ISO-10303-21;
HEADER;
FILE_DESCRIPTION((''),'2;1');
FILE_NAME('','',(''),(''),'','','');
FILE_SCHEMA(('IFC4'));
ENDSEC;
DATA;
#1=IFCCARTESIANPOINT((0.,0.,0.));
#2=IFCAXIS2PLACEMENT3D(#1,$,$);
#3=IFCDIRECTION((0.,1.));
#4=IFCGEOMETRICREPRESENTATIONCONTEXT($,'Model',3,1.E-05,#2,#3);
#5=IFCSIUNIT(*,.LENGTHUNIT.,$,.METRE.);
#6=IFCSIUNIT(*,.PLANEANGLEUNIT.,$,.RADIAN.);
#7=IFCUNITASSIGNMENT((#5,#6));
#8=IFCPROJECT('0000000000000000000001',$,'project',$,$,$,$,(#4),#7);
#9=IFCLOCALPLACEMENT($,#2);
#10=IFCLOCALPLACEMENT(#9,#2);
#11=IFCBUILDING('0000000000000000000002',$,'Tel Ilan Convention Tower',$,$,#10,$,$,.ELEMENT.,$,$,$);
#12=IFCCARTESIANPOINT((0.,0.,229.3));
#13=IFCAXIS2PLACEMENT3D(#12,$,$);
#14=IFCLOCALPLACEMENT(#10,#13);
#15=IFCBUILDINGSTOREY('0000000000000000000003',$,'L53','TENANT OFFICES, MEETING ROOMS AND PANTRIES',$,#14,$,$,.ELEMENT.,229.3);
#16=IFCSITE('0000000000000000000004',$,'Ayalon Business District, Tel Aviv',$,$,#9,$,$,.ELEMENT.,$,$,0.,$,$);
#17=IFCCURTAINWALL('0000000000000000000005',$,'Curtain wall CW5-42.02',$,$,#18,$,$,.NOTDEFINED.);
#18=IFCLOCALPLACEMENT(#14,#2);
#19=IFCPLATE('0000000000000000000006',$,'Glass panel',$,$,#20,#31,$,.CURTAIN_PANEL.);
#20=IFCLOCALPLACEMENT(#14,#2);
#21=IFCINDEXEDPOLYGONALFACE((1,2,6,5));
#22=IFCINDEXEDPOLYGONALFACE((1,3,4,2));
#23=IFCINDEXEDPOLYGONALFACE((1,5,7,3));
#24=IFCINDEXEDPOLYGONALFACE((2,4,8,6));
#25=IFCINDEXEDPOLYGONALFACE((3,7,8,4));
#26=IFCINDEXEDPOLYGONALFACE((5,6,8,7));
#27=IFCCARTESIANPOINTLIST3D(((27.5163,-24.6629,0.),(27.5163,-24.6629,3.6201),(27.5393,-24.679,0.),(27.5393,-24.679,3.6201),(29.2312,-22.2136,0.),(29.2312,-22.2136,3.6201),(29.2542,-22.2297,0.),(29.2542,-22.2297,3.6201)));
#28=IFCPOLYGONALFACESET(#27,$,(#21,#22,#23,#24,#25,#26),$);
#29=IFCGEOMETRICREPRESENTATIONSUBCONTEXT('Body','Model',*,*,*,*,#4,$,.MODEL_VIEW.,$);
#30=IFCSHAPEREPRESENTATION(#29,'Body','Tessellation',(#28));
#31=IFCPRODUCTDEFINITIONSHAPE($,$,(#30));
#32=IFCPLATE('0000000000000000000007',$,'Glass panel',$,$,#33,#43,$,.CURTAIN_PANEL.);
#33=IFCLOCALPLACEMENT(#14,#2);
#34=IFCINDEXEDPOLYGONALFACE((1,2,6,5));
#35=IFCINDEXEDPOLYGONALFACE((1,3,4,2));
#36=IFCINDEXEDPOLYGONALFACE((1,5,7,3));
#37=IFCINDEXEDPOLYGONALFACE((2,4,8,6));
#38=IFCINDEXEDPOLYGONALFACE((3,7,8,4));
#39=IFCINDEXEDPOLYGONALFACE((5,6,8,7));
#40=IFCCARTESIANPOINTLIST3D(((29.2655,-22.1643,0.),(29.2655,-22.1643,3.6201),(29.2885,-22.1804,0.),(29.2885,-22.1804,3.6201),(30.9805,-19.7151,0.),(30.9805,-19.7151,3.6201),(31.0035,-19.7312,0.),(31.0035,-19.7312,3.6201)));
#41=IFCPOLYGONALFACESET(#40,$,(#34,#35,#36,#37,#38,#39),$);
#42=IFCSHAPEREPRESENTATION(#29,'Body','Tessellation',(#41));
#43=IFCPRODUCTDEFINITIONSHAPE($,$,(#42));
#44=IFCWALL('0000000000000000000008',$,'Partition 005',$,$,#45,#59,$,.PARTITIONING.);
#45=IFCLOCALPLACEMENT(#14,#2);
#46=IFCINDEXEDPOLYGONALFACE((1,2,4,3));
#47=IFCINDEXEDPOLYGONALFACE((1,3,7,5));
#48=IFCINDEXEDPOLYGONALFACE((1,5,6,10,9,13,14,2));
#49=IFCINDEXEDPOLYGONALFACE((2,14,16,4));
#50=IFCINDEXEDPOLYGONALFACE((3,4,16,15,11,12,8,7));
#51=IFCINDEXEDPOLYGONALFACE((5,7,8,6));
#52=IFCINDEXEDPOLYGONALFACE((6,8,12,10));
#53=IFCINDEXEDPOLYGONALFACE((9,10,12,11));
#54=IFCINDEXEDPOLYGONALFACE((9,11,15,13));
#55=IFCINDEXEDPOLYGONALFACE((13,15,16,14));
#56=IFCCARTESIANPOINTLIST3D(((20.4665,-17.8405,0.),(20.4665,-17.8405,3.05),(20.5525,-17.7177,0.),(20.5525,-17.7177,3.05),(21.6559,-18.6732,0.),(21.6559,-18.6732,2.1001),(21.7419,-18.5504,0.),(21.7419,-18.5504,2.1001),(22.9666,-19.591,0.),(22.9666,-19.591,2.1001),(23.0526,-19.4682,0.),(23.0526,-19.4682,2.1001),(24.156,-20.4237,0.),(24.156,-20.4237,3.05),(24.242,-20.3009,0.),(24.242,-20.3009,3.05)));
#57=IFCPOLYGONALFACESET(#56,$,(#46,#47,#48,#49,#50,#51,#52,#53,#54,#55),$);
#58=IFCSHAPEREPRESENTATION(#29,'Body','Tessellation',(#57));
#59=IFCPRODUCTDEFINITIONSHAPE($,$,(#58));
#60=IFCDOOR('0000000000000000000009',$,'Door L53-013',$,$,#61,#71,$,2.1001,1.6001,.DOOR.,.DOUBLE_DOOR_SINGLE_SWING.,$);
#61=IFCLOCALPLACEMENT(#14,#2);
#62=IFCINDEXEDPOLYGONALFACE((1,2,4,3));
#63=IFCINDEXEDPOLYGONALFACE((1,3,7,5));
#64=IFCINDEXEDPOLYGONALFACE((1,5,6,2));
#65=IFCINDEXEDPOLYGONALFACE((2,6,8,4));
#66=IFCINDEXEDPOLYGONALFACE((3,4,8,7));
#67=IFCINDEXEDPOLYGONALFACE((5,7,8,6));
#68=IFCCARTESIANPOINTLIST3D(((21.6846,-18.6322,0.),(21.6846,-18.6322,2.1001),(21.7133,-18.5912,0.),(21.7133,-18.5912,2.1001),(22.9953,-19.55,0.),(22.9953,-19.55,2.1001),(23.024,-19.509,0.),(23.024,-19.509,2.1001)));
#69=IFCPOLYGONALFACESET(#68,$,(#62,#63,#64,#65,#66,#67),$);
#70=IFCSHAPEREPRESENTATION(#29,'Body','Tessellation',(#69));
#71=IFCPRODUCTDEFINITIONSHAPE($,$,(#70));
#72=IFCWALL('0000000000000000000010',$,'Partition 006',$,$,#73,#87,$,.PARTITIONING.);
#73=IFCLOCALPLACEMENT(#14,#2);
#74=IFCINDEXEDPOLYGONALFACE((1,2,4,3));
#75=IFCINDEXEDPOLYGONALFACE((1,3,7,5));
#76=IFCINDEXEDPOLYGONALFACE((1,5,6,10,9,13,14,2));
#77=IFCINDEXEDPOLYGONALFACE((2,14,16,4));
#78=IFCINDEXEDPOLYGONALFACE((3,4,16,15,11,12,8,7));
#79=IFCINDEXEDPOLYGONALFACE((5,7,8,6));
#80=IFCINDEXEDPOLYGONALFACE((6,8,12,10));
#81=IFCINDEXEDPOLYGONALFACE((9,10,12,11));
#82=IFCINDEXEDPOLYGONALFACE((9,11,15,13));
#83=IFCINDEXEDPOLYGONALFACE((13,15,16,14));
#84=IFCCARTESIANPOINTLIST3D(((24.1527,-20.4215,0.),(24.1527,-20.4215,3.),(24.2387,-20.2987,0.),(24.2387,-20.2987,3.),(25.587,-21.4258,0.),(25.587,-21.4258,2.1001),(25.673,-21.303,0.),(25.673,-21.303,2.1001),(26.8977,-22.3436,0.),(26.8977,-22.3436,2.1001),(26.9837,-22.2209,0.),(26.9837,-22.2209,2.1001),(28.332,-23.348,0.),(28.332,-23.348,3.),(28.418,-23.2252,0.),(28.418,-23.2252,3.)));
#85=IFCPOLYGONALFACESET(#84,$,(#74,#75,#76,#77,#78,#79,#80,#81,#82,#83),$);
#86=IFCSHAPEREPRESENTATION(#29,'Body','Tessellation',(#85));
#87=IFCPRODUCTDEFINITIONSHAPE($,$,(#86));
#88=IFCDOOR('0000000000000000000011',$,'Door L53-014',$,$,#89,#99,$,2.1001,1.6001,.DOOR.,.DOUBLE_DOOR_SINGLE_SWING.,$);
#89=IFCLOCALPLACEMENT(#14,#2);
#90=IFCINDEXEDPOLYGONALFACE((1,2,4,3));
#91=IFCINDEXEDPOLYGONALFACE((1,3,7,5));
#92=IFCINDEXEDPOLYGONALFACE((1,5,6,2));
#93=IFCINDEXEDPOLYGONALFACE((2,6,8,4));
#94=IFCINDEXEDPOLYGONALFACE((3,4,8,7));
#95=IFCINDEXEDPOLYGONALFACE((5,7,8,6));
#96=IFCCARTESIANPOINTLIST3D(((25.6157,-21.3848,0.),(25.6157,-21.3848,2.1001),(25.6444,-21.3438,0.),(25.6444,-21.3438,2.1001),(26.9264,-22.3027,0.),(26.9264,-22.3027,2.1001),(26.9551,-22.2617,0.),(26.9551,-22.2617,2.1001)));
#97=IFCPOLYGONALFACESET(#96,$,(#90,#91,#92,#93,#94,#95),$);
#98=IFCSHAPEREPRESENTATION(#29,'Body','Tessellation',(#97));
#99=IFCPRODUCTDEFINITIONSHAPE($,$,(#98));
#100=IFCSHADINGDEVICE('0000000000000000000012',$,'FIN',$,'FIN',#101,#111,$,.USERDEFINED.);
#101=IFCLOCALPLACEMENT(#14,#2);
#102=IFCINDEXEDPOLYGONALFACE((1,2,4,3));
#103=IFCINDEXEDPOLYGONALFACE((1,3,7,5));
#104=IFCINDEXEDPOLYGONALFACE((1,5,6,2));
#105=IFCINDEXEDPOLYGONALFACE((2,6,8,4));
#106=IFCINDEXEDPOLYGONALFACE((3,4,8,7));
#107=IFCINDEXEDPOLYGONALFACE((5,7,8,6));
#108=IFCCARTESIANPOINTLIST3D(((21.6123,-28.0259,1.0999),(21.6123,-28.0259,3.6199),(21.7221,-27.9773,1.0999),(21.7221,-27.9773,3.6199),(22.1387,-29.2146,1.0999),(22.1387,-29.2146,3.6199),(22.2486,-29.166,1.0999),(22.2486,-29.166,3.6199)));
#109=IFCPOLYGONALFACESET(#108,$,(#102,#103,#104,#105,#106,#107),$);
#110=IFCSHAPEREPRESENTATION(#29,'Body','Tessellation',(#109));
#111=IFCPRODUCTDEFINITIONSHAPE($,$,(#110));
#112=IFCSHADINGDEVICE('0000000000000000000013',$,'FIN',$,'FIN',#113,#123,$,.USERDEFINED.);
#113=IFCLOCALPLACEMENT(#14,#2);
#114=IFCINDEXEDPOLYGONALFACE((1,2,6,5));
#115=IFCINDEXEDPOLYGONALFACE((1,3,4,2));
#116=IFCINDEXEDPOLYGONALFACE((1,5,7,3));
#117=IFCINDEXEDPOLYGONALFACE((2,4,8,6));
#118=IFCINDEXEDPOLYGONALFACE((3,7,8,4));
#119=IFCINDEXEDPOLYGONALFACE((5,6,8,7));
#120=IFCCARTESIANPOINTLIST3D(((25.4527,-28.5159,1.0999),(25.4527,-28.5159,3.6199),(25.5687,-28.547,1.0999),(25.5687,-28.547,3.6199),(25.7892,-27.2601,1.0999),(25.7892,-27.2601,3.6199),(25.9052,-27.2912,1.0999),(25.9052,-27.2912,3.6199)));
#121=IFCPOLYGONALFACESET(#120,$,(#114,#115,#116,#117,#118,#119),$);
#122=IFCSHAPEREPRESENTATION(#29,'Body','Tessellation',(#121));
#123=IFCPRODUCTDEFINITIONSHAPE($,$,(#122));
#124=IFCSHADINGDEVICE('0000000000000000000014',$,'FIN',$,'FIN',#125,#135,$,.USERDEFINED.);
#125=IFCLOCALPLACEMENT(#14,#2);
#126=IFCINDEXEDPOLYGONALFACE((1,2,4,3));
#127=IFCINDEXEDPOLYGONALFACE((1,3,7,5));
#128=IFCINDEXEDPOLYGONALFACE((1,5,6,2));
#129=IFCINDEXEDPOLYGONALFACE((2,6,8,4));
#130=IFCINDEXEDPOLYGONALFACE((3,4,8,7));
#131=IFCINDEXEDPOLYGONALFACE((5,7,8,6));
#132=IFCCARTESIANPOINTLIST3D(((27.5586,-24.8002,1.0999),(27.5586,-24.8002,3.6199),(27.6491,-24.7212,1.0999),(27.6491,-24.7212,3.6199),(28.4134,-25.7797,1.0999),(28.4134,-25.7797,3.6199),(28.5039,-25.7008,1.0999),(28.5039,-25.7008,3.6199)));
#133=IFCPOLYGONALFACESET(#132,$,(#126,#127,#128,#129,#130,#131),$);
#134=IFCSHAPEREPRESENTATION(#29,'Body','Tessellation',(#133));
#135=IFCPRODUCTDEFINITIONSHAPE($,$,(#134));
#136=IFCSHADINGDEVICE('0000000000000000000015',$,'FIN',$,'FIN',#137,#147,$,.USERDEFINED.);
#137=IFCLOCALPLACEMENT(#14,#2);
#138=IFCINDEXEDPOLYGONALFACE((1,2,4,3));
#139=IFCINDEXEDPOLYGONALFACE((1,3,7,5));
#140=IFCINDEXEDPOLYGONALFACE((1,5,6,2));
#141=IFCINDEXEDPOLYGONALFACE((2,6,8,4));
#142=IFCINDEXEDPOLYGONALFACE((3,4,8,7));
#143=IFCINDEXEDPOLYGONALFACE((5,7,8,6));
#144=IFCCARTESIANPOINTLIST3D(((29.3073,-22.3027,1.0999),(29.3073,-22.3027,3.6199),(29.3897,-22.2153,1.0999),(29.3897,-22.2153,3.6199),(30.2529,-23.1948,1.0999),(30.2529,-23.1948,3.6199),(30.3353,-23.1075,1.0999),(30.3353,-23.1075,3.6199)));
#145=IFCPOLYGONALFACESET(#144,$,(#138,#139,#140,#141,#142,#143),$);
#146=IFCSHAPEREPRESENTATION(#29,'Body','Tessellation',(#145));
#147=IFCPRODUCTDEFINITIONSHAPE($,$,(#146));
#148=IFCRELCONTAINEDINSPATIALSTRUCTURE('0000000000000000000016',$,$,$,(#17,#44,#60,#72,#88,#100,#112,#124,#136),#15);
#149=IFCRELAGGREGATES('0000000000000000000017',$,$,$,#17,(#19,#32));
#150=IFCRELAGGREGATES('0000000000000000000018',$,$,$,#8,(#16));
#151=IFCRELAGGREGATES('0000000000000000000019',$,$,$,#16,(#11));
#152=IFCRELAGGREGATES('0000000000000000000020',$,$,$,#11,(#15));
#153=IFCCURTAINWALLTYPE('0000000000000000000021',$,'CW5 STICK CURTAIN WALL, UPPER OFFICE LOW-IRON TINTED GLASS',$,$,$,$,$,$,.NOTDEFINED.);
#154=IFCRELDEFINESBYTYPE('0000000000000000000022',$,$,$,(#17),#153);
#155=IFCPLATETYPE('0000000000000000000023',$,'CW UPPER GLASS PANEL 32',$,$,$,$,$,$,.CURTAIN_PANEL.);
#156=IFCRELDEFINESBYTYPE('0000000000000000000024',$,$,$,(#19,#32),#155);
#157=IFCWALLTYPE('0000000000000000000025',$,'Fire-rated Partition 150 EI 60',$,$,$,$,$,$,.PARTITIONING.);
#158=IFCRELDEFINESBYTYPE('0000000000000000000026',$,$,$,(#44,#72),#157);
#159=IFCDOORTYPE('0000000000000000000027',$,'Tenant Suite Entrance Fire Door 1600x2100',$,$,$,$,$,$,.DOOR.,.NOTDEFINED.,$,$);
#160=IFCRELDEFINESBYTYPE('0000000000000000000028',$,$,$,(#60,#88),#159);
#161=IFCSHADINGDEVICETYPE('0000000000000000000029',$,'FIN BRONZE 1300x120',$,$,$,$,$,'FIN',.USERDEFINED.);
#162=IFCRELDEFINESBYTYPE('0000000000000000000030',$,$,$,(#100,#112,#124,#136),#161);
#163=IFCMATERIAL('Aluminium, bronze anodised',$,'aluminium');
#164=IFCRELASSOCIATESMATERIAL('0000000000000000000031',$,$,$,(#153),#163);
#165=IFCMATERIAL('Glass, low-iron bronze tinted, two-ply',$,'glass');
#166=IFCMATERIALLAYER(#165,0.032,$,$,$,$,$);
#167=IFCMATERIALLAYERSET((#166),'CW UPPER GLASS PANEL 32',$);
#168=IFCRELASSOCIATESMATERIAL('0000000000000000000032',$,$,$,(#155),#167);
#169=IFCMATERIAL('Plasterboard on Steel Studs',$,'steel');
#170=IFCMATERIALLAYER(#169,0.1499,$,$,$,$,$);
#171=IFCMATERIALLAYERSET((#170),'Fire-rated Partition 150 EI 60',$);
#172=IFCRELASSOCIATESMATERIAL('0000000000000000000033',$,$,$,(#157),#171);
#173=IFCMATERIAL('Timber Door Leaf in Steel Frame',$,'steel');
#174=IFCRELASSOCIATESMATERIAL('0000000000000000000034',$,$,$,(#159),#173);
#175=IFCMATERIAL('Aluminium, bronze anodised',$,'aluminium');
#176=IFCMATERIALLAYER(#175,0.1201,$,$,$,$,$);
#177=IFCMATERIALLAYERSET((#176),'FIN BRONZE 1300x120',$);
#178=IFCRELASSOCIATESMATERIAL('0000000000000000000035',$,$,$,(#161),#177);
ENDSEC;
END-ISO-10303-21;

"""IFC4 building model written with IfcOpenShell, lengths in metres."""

from ifc_helpers import new_model, si_unit, direction, frame, frame_2d, origin, origin_2d, place, context, subcontext, project, spatial, rectangle, extrude, material, layer, layer_set, type_object, element, fill, aggregate, save


model = new_model("IFC4")

# Units and contexts
model_context = context("Model", 3, precision=1e-05, world=origin(), true_north=direction((0.0, 1.0)))
body_context = subcontext(model_context, "Body", "Model", "MODEL_VIEW")
ifc_project = project(units=[si_unit("LENGTHUNIT", "METRE"), si_unit("PLANEANGLEUNIT", "RADIAN")], contexts=[model_context])

# Site, building, storey
site_placement = place(None, origin())
site = spatial("IfcSite", under=ifc_project, at=site_placement, Name="Ayalon Business District, Tel Aviv", CompositionType="ELEMENT", RefElevation=0.0)
building_placement = place(site_placement, origin())
building = spatial("IfcBuilding", under=site, at=building_placement, Name="Tel Ilan Convention Tower", CompositionType="ELEMENT")
storey_placement = place(building_placement, frame((0.0, 0.0, 229.3)))
storey = spatial("IfcBuildingStorey", under=building, at=storey_placement, Name="L53", Description="TENANT OFFICES, MEETING ROOMS AND PANTRIES", CompositionType="ELEMENT", Elevation=229.3)

# Curtain wall, plates
ifc_material_1 = material(Name="Aluminium, bronze anodised", Category="aluminium")
curtain_wall_type = type_object("IfcCurtainWallType", Name="CW5 STICK CURTAIN WALL, UPPER OFFICE LOW-IRON TINTED GLASS", PredefinedType="NOTDEFINED", material=ifc_material_1)
curtain_wall_placement = place(storey_placement, origin())
curtain_wall = element("IfcCurtainWall", 1, at=curtain_wall_placement, inside=storey, type_object=curtain_wall_type, Name="Curtain wall CW5-42.02", PredefinedType="NOTDEFINED")
ifc_material_2 = material(Name="Glass, low-iron bronze tinted, two-ply", Category="glass")
ifc_layer_1 = layer(ifc_material_2, 0.032)
ifc_layer_set_1 = layer_set([ifc_layer_1], Name="CW UPPER GLASS PANEL 32")
plate_type = type_object("IfcPlateType", Name="CW UPPER GLASS PANEL 32", PredefinedType="CURTAIN_PANEL", material=ifc_layer_set_1)
plate_1_placement = place(storey_placement, frame((28.3853, -23.4463, 0.0), z_axis=(0.0, 0.0, 1.0), x_axis=(0.573576, 0.819152, 0.0)))
plate_1 = element("IfcPlate", 2, at=plate_1_placement, type_object=plate_type, Name="Glass panel", PredefinedType="CURTAIN_PANEL", context=body_context, shape_type="SweptSolid", body=[
    extrude(rectangle(XDim=2.99, YDim=0.0281, at=origin_2d()), origin(), (0.0, 0.0, 1.0), 3.6201),
])
plate_2_placement = place(storey_placement, frame((30.1345, -20.9478, 0.0), z_axis=(0.0, 0.0, 1.0), x_axis=(0.573576, 0.819152, 0.0)))
plate_2 = element("IfcPlate", 3, at=plate_2_placement, type_object=plate_type, Name="Glass panel", PredefinedType="CURTAIN_PANEL", context=body_context, shape_type="SweptSolid", body=[
    extrude(rectangle(XDim=2.99, YDim=0.0281, at=origin_2d()), origin(), (0.0, 0.0, 1.0), 3.6201),
])
aggregate(curtain_wall, [plate_1, plate_2])

# Walls, openings, doors
ifc_material_3 = material(Name="Plasterboard on Steel Studs", Category="steel")
ifc_layer_2 = layer(ifc_material_3, 0.1499)
ifc_layer_set_2 = layer_set([ifc_layer_2], Name="Fire-rated Partition 150 EI 60")
wall_type = type_object("IfcWallType", Name="Fire-rated Partition 150 EI 60", PredefinedType="PARTITIONING", material=ifc_layer_set_2)
wall_1_placement = place(storey_placement, frame((24.199, -20.3623, 0.0), z_axis=(0.0, 0.0, 1.0), x_axis=(-0.819166, 0.573557, 0.0)))
wall_1 = element("IfcWall", 4, at=wall_1_placement, inside=storey, type_object=wall_type, Name="Partition 005", PredefinedType="PARTITIONING", context=body_context, shape_type="SweptSolid", body=[
    extrude(rectangle(XDim=4.5039, YDim=0.1499, at=frame_2d((2.252, 0.0))), origin(), (0.0, 0.0, 1.0), 3.05),
])
opening_1_placement = place(wall_1_placement, frame((1.4519, 0.0, 0.0)))
opening_1 = element("IfcOpeningElement", 5, at=opening_1_placement, cuts=wall_1, PredefinedType="OPENING", context=body_context, shape_type="SweptSolid", body=[
    extrude(rectangle(XDim=1.6001, YDim=2.1001, at=frame_2d((0.8, 1.05))), frame((0.0, 0.085, 0.0), z_axis=(0.0, -1.0, 0.0), x_axis=(1.0, 0.0, 0.0)), (0.0, 0.0, 1.0), 0.1699),
])
ifc_material_4 = material(Name="Timber Door Leaf in Steel Frame", Category="steel")
door_type = type_object("IfcDoorType", Name="Tenant Suite Entrance Fire Door 1600x2100", OperationType="NOTDEFINED", PredefinedType="DOOR", material=ifc_material_4)
door_1_placement = place(opening_1_placement, origin())
door_1 = element("IfcDoor", 6, at=door_1_placement, inside=storey, type_object=door_type, Name="Door L53-013", OperationType="DOUBLE_DOOR_SINGLE_SWING", OverallHeight=2.1001, OverallWidth=1.6001, PredefinedType="DOOR", context=body_context, shape_type="SweptSolid", body=[
    extrude(rectangle(XDim=1.6001, YDim=2.1001, at=frame_2d((0.8, 1.05))), frame((0.0, 0.0249, 0.0), z_axis=(0.0, -1.0, 0.0), x_axis=(1.0, 0.0, 0.0)), (0.0, 0.0, 1.0), 0.05),
])
fill(opening_1, door_1)
wall_2_placement = place(storey_placement, frame((28.375, -23.2866, 0.0), z_axis=(0.0, 0.0, 1.0), x_axis=(-0.819133, 0.573604, 0.0)))
wall_2 = element("IfcWall", 7, at=wall_2_placement, inside=storey, type_object=wall_type, Name="Partition 006", PredefinedType="PARTITIONING", context=body_context, shape_type="SweptSolid", body=[
    extrude(rectangle(XDim=5.1021, YDim=0.1499, at=frame_2d((2.551, 0.0))), origin(), (0.0, 0.0, 1.0), 3.0),
])
opening_2_placement = place(wall_2_placement, frame((1.751, 0.0, 0.0)))
opening_2 = element("IfcOpeningElement", 8, at=opening_2_placement, cuts=wall_2, PredefinedType="OPENING", context=body_context, shape_type="SweptSolid", body=[
    extrude(rectangle(XDim=1.6001, YDim=2.1001, at=frame_2d((0.8, 1.05))), frame((0.0, 0.085, 0.0), z_axis=(0.0, -1.0, 0.0), x_axis=(1.0, 0.0, 0.0)), (0.0, 0.0, 1.0), 0.1699),
])
door_2_placement = place(opening_2_placement, origin())
door_2 = element("IfcDoor", 9, at=door_2_placement, inside=storey, type_object=door_type, Name="Door L53-014", OperationType="DOUBLE_DOOR_SINGLE_SWING", OverallHeight=2.1001, OverallWidth=1.6001, PredefinedType="DOOR", context=body_context, shape_type="SweptSolid", body=[
    extrude(rectangle(XDim=1.6001, YDim=2.1001, at=frame_2d((0.8, 1.05))), frame((0.0, 0.0249, 0.0), z_axis=(0.0, -1.0, 0.0), x_axis=(1.0, 0.0, 0.0)), (0.0, 0.0, 1.0), 0.05),
])
fill(opening_2, door_2)

# Shading devices
ifc_material_5 = material(Name="Aluminium, bronze anodised", Category="aluminium")
ifc_layer_3 = layer(ifc_material_5, 0.1201)
ifc_layer_set_3 = layer_set([ifc_layer_3], Name="FIN BRONZE 1300x120")
shading_device_type = type_object("IfcShadingDeviceType", Name="FIN BRONZE 1300x120", ElementType="FIN", PredefinedType="USERDEFINED", material=ifc_layer_set_3)
for number, where, z_axis, x_axis, name in (
    (10, (21.9304, -28.5959, 1.0999), (0.0, 0.0, 1.0), (0.404964, -0.914333, 0.0), "FIN"),
    (11, (25.679, -27.9036, 1.0999), (0.0, 0.0, 1.0), (-0.258819, -0.965926, 0.0), "FIN"),
    (12, (28.0312, -25.2505, 1.0999), (0.0, 0.0, 1.0), (0.657521, -0.753436, 0.0), "FIN"),
    (13, (29.8213, -22.7051, 1.0999), (0.0, 0.0, 1.0), (0.727374, -0.686242, 0.0), "FIN"),
):
    element("IfcShadingDevice", number, at=place(storey_placement, frame(where, z_axis=z_axis, x_axis=x_axis)), inside=storey, type_object=shading_device_type, Name=name, ObjectType="FIN", PredefinedType="USERDEFINED", context=body_context, shape_type="SweptSolid", body=[
        extrude(rectangle(XDim=1.3, YDim=0.1201, at=origin_2d()), origin(), (0.0, 0.0, 1.0), 2.52),
    ])

save(model, "model.ifc")
